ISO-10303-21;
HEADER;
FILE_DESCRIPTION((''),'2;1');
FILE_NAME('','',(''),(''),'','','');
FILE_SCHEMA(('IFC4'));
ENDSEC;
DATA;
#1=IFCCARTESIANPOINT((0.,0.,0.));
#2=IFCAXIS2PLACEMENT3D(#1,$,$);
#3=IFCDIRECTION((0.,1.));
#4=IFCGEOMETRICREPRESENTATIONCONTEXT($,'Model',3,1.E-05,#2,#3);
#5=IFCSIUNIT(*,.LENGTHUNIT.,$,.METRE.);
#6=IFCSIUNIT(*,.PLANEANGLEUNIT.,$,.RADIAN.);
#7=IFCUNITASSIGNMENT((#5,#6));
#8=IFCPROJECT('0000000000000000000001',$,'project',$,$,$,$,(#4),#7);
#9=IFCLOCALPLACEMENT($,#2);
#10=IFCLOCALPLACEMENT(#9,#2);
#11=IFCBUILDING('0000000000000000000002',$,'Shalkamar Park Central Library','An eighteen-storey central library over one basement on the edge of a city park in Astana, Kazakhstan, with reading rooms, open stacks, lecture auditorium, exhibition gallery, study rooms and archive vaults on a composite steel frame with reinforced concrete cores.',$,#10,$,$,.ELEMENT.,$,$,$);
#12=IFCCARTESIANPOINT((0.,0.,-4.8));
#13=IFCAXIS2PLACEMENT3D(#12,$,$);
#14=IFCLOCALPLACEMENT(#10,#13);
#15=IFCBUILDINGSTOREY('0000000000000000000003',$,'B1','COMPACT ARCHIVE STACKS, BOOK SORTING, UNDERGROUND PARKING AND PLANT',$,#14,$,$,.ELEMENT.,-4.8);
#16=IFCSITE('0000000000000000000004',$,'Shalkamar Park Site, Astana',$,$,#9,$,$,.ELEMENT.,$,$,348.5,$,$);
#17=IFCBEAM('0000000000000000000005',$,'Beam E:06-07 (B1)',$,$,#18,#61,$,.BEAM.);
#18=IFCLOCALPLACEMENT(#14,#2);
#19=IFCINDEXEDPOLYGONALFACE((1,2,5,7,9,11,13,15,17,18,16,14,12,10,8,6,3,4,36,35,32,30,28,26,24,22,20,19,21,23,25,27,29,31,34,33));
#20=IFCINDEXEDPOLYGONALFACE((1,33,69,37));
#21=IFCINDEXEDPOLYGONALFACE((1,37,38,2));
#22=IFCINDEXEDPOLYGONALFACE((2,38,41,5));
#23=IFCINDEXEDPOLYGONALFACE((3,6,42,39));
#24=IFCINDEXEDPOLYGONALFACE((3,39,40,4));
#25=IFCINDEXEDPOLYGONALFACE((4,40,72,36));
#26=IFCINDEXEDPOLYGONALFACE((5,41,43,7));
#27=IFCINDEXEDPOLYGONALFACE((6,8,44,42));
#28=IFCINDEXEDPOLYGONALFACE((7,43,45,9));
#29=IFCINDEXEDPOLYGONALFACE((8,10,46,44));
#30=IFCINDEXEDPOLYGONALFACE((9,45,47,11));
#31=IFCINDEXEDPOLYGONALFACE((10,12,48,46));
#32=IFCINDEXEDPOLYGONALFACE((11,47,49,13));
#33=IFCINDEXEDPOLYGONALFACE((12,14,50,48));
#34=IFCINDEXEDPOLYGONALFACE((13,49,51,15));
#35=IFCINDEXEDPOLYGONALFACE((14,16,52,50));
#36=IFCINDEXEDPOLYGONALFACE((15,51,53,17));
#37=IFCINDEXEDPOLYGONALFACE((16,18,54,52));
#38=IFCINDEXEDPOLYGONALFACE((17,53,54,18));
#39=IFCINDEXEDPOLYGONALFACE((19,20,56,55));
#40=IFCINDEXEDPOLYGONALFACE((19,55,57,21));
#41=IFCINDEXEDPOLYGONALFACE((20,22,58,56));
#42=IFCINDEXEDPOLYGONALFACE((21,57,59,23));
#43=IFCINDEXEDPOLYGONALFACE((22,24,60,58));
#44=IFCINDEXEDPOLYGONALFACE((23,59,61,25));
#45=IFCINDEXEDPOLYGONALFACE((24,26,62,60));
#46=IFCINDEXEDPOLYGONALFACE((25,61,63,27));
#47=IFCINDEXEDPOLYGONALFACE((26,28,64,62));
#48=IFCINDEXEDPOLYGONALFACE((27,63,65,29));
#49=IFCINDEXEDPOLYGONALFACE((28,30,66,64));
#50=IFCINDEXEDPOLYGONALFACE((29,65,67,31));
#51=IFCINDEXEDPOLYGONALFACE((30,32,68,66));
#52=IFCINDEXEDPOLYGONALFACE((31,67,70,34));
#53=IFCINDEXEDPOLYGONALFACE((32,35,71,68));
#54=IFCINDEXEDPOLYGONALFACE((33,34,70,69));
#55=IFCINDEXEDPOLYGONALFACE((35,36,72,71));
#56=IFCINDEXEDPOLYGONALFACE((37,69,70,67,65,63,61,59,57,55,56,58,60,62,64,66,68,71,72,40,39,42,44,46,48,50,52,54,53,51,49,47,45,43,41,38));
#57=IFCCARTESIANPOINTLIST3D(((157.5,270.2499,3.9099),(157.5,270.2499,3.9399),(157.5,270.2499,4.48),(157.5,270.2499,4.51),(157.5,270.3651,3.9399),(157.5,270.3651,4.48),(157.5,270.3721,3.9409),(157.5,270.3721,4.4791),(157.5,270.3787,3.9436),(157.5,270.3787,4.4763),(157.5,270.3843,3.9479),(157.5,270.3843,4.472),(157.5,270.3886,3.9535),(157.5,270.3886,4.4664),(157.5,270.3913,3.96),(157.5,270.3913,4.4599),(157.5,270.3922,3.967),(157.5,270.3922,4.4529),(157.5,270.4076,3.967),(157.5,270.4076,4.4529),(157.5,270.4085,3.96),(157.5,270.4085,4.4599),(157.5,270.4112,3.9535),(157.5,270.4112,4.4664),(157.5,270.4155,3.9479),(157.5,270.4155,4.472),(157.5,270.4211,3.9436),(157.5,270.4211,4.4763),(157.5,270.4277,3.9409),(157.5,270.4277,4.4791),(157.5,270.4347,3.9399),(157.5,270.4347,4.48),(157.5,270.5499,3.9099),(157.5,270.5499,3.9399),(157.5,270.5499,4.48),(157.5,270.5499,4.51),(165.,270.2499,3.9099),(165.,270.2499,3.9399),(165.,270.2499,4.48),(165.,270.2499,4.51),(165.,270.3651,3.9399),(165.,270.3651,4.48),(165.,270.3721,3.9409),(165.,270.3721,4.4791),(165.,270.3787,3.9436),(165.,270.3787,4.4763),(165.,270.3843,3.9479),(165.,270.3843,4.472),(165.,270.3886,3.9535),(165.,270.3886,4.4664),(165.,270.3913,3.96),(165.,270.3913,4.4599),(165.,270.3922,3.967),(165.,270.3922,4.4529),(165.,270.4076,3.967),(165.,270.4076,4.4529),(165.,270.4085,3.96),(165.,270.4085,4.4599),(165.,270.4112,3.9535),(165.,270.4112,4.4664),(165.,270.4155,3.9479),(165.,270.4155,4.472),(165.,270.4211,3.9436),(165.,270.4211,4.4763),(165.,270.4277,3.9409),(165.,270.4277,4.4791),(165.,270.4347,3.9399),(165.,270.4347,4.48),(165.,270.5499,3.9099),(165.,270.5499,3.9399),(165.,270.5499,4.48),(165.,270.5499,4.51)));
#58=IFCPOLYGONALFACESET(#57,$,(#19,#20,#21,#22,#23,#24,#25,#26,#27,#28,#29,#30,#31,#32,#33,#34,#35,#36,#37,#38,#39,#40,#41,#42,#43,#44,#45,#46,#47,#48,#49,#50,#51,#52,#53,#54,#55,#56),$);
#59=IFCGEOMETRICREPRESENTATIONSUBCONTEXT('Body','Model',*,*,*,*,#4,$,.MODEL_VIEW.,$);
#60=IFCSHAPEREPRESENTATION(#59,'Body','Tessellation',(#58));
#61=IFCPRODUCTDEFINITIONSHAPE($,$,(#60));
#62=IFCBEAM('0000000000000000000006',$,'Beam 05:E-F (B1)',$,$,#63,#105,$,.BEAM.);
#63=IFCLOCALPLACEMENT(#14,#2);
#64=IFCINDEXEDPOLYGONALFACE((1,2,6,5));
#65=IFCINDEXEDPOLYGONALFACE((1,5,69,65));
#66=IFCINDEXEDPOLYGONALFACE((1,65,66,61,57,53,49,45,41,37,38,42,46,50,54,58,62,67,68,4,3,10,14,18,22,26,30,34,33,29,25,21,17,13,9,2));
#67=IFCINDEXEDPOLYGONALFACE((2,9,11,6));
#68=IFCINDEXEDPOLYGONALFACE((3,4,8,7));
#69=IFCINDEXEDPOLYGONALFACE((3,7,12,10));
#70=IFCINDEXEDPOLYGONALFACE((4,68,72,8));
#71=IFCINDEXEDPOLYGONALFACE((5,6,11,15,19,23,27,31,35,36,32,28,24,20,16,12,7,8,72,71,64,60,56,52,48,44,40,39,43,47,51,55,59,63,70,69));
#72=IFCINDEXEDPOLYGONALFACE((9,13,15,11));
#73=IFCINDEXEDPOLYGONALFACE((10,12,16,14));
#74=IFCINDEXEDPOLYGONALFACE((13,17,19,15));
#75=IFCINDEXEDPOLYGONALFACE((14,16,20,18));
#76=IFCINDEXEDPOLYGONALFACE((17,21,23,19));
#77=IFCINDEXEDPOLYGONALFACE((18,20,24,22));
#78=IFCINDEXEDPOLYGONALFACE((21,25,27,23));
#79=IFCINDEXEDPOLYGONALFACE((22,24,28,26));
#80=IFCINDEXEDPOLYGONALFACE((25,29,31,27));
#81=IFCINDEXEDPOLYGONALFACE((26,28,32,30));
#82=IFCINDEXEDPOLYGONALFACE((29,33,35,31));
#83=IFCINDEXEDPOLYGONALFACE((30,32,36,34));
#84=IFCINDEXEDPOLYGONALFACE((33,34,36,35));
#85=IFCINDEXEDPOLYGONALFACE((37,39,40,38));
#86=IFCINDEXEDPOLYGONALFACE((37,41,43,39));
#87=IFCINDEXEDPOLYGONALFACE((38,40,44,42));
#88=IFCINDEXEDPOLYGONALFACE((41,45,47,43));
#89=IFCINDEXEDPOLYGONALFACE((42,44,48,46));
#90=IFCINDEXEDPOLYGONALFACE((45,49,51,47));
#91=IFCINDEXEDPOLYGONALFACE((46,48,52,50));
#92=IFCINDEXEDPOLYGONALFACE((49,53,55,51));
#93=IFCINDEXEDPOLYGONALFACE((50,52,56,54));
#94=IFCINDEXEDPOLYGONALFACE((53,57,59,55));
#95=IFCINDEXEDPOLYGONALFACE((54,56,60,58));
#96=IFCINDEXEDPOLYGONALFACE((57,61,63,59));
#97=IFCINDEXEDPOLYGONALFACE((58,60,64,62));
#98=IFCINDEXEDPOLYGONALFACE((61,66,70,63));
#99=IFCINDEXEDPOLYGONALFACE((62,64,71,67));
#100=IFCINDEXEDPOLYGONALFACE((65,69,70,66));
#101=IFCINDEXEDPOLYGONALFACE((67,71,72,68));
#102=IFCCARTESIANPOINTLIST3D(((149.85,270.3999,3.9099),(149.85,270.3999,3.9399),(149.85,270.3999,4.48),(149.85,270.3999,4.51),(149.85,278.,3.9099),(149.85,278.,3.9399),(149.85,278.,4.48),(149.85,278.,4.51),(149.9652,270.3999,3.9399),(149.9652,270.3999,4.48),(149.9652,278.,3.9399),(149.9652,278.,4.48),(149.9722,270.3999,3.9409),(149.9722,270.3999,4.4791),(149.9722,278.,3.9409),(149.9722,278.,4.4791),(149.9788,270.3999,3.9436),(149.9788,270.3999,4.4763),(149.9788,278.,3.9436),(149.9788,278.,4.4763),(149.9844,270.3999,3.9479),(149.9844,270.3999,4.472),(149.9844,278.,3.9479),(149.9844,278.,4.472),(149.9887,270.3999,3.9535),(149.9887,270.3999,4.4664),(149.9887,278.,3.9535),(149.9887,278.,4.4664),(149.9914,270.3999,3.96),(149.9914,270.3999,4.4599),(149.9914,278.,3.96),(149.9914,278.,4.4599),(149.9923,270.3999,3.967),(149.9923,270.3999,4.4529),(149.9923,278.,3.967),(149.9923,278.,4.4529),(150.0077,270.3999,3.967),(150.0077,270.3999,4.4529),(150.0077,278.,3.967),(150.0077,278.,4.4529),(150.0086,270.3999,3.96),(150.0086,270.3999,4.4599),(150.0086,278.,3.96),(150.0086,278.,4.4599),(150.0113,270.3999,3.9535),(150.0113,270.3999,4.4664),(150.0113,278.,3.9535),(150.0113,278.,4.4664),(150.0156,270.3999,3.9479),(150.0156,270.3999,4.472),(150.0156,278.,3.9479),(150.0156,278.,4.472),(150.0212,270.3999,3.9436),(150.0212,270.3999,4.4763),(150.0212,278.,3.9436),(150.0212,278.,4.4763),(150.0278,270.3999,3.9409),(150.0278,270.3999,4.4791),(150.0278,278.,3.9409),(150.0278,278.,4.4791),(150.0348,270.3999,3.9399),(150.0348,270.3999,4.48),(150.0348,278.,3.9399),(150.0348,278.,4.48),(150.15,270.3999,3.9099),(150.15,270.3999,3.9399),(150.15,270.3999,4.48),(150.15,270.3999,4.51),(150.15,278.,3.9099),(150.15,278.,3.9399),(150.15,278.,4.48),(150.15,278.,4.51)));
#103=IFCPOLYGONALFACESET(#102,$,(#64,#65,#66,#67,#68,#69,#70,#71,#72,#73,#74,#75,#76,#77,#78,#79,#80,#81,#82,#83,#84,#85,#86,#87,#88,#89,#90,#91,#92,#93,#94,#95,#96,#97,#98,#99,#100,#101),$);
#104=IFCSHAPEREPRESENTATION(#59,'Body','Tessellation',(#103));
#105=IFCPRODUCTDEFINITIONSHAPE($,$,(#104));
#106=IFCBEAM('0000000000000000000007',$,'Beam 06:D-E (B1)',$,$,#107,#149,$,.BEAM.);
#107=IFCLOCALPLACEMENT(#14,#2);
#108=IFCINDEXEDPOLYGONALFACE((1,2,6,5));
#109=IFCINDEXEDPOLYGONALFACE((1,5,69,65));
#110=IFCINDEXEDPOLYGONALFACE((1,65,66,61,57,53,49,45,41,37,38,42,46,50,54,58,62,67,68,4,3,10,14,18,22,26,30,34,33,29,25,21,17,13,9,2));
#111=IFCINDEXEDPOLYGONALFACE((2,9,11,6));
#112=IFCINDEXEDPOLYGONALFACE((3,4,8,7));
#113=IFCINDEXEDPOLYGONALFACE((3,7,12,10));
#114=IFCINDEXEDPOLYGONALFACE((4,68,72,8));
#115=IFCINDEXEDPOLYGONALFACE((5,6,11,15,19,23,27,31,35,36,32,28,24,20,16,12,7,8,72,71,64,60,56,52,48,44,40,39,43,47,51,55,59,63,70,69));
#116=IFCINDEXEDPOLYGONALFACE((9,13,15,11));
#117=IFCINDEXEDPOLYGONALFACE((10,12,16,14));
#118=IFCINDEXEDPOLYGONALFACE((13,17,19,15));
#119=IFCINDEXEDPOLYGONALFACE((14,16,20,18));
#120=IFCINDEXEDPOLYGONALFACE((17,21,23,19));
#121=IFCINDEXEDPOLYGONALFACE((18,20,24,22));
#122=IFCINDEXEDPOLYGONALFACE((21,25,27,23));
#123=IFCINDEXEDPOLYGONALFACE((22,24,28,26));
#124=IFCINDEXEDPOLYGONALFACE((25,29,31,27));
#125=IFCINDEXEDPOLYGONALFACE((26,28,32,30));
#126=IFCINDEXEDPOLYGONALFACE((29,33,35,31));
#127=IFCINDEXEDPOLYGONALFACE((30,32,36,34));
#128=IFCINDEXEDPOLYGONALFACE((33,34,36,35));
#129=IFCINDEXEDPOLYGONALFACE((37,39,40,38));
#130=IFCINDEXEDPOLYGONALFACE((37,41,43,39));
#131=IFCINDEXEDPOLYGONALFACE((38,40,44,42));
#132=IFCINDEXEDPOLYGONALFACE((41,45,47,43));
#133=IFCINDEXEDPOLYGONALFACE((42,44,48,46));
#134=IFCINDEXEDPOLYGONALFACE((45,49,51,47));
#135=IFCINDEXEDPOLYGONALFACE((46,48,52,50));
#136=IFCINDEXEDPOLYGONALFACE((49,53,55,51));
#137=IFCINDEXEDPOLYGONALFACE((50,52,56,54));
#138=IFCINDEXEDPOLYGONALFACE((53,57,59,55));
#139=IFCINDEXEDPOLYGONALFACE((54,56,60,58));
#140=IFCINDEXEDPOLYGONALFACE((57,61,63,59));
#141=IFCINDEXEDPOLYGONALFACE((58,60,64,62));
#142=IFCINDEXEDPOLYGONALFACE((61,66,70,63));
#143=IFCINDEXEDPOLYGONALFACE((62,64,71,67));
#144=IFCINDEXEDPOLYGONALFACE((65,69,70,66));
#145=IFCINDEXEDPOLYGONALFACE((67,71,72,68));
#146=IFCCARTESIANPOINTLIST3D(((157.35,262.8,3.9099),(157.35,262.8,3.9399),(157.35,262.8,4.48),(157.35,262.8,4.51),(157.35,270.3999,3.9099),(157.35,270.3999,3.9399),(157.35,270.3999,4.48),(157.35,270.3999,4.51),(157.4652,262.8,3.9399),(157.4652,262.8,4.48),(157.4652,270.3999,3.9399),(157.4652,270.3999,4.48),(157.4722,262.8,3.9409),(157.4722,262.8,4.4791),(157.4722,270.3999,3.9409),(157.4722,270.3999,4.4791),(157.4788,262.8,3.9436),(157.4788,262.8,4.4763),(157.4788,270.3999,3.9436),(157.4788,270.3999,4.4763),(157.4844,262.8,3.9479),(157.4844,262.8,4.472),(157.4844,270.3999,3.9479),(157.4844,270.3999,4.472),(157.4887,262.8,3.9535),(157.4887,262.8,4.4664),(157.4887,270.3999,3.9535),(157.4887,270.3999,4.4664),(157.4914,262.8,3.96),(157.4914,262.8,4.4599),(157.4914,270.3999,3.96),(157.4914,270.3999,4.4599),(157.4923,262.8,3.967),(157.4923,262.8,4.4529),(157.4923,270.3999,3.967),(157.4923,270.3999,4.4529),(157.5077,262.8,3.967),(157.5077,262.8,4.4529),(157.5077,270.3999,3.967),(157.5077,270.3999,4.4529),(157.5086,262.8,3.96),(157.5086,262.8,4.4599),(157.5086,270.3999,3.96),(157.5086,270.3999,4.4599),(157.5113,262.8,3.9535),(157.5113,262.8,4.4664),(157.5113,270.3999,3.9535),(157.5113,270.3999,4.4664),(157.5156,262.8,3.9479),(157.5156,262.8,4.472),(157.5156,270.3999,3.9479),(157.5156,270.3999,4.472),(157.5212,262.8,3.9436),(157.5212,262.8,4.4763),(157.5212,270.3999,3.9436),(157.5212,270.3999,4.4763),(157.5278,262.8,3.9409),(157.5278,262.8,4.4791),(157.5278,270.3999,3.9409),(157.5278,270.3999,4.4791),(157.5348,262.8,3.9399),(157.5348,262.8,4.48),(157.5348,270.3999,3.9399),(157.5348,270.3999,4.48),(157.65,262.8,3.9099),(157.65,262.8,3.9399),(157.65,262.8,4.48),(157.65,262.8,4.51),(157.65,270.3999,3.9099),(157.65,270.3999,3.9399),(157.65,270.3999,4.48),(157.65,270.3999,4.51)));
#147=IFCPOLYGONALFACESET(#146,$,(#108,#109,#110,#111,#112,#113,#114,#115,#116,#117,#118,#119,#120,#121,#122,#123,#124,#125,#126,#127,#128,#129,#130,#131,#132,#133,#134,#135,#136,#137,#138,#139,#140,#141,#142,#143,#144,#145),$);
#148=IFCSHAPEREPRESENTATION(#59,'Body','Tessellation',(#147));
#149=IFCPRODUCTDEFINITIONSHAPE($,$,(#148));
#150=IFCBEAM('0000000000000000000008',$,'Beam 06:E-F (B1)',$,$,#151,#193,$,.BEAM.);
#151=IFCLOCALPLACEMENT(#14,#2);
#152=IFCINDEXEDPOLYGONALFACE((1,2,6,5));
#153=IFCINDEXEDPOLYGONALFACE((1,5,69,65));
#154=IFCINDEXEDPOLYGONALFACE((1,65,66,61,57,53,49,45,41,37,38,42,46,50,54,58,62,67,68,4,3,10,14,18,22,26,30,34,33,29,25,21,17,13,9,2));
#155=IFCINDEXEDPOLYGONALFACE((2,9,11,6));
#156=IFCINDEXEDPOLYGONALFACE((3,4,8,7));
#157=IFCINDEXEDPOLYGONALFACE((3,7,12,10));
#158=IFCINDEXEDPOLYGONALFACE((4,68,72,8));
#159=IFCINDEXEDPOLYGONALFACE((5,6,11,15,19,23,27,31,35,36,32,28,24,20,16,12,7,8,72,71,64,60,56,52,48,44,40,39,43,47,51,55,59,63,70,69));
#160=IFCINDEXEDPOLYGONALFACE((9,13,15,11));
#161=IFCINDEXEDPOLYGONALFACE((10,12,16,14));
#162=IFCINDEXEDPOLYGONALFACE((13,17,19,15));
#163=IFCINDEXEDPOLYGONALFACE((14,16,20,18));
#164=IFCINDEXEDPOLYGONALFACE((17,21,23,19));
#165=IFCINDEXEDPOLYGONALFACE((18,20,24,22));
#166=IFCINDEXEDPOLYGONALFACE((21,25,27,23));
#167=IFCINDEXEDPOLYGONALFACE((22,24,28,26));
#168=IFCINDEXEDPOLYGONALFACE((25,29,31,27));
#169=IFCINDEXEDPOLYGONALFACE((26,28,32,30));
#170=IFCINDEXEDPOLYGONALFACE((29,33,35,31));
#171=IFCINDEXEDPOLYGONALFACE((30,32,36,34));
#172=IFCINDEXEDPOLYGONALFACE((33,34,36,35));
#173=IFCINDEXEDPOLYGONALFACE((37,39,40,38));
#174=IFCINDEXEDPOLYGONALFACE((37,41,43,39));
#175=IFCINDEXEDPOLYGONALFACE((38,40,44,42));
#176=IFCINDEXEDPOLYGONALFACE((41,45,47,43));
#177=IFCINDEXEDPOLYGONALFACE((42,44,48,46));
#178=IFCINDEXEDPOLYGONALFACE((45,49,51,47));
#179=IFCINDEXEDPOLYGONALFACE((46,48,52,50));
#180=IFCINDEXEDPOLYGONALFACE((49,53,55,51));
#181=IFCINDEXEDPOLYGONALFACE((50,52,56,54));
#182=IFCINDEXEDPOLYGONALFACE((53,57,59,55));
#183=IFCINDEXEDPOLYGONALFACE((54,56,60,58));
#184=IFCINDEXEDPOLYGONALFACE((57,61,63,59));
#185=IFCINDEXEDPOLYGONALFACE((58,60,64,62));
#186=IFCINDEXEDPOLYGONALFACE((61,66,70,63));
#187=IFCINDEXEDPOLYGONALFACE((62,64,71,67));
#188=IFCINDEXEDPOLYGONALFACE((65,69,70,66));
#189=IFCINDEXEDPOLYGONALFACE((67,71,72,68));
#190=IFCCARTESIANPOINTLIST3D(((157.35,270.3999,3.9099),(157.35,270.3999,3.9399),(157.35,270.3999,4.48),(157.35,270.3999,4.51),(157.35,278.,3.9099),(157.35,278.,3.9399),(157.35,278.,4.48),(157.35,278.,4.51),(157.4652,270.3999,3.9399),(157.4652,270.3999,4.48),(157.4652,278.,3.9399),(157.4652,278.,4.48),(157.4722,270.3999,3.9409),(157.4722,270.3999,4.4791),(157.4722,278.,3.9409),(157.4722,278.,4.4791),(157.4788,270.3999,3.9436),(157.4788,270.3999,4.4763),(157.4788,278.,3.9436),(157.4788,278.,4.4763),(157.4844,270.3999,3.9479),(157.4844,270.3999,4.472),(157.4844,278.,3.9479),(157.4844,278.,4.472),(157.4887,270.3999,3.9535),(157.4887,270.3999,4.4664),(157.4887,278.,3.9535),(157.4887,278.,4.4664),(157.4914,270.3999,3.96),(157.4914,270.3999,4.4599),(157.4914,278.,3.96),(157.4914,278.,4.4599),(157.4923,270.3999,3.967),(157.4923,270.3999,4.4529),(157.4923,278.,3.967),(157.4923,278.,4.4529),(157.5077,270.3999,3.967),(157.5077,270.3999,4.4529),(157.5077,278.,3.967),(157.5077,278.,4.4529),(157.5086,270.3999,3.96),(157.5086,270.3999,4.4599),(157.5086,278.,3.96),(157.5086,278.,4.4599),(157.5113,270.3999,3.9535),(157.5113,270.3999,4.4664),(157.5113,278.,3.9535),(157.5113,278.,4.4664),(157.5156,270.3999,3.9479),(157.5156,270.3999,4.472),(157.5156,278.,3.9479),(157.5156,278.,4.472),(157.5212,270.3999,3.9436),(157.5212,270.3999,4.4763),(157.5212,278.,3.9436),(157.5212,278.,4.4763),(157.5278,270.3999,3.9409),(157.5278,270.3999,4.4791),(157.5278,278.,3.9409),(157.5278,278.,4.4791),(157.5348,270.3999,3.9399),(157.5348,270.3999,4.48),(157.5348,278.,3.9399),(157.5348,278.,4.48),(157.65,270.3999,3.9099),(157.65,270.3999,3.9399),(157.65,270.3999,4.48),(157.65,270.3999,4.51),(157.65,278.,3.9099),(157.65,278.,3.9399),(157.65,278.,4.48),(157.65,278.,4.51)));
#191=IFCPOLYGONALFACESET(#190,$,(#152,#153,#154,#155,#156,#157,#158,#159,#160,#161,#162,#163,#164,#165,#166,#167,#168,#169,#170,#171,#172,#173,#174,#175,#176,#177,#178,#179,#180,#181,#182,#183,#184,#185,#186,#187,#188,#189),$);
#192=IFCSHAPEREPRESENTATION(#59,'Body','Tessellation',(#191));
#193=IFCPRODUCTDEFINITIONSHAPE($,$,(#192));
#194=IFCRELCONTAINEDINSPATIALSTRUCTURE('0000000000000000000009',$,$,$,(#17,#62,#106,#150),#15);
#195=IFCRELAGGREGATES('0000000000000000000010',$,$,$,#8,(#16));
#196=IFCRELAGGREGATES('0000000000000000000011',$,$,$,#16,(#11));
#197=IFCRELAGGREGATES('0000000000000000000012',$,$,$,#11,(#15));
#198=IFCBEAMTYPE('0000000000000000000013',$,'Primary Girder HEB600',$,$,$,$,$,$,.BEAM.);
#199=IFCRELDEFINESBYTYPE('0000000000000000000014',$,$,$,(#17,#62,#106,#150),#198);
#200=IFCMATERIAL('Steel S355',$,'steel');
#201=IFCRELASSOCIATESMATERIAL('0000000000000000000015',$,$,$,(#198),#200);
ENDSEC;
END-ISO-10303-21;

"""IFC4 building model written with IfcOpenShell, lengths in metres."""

from ifc_helpers import new_model, si_unit, direction, frame, origin, origin_2d, place, context, subcontext, project, spatial, i_section, extrude, material, material_profile, profile_set, type_object, element, save


model = new_model("IFC4")

# Units and contexts
model_context = context("Model", 3, precision=1e-05, world=origin(), true_north=direction((0.0, 1.0)))
body_context = subcontext(model_context, "Body", "Model", "MODEL_VIEW")
ifc_project = project(units=[si_unit("LENGTHUNIT", "METRE"), si_unit("PLANEANGLEUNIT", "RADIAN")], contexts=[model_context])

# Site, building, storey
site_placement = place(None, origin())
site = spatial("IfcSite", under=ifc_project, at=site_placement, Name="Shalkamar Park Site, Astana", CompositionType="ELEMENT", RefElevation=348.5)
building_placement = place(site_placement, origin())
building = spatial("IfcBuilding", under=site, at=building_placement, Name="Shalkamar Park Central Library", Description="An eighteen-storey central library over one basement on the edge of a city park in Astana, Kazakhstan, with reading rooms, open stacks, lecture auditorium, exhibition gallery, study rooms and archive vaults on a composite steel frame with reinforced concrete cores.", CompositionType="ELEMENT")
storey_placement = place(building_placement, frame((0.0, 0.0, -4.8)))
storey = spatial("IfcBuildingStorey", under=building, at=storey_placement, Name="B1", Description="COMPACT ARCHIVE STACKS, BOOK SORTING, UNDERGROUND PARKING AND PLANT", CompositionType="ELEMENT", Elevation=-4.8)

# Shared definitions
ifc_material_1 = material(Name="Steel S355", Category="steel")

# Beams
ifc_material_profile_1 = material_profile(ifc_material_1, i_section(OverallWidth=0.3, OverallDepth=0.6001, WebThickness=0.0154, FlangeThickness=0.03, FilletRadius=0.0271, at=origin_2d()), Name="HEB 600")
ifc_profile_set_1 = profile_set([ifc_material_profile_1], Name="Steel S355")
beam_type = type_object("IfcBeamType", Name="Primary Girder HEB600", PredefinedType="BEAM", material=ifc_profile_set_1)
for number, where, z_axis, x_axis, name in (
    (1, (157.5, 270.3999, 4.21), (1.0, 0.0, 0.0), (0.0, 1.0, 0.0), "Beam E:06-07 (B1)"),
):
    element("IfcBeam", number, at=place(storey_placement, frame(where, z_axis=z_axis, x_axis=x_axis)), inside=storey, type_object=beam_type, Name=name, PredefinedType="BEAM", context=body_context, shape_type="SweptSolid", body=[
        extrude(i_section(OverallWidth=0.3, OverallDepth=0.6001, WebThickness=0.0154, FlangeThickness=0.03, FilletRadius=0.0271, at=origin_2d()), origin(), (0.0, 0.0, 1.0), 7.5),
    ])
beam_1_placement = place(storey_placement, frame((150.0, 270.3999, 4.21), z_axis=(0.0, 1.0, 0.0), x_axis=(-1.0, 0.0, 0.0)))
element("IfcBeam", 2, at=beam_1_placement, inside=storey, type_object=beam_type, Name="Beam 05:E-F (B1)", PredefinedType="BEAM", context=body_context, shape_type="SweptSolid", body=[
    extrude(i_section(OverallWidth=0.3, OverallDepth=0.6001, WebThickness=0.0154, FlangeThickness=0.03, FilletRadius=0.0271, at=origin_2d()), origin(), (0.0, 0.0, 1.0), 7.6001),
])
beam_2_placement = place(storey_placement, frame((157.5, 262.8, 4.21), z_axis=(0.0, 1.0, 0.0), x_axis=(-1.0, 0.0, 0.0)))
element("IfcBeam", 3, at=beam_2_placement, inside=storey, type_object=beam_type, Name="Beam 06:D-E (B1)", PredefinedType="BEAM", context=body_context, shape_type="SweptSolid", body=[
    extrude(i_section(OverallWidth=0.3, OverallDepth=0.6001, WebThickness=0.0154, FlangeThickness=0.03, FilletRadius=0.0271, at=origin_2d()), origin(), (0.0, 0.0, 1.0), 7.5999),
])
beam_3_placement = place(storey_placement, frame((157.5, 270.3999, 4.21), z_axis=(0.0, 1.0, 0.0), x_axis=(-1.0, 0.0, 0.0)))
element("IfcBeam", 4, at=beam_3_placement, inside=storey, type_object=beam_type, Name="Beam 06:E-F (B1)", PredefinedType="BEAM", context=body_context, shape_type="SweptSolid", body=[
    extrude(i_section(OverallWidth=0.3, OverallDepth=0.6001, WebThickness=0.0154, FlangeThickness=0.03, FilletRadius=0.0271, at=origin_2d()), origin(), (0.0, 0.0, 1.0), 7.6001),
])

save(model, "model.ifc")
